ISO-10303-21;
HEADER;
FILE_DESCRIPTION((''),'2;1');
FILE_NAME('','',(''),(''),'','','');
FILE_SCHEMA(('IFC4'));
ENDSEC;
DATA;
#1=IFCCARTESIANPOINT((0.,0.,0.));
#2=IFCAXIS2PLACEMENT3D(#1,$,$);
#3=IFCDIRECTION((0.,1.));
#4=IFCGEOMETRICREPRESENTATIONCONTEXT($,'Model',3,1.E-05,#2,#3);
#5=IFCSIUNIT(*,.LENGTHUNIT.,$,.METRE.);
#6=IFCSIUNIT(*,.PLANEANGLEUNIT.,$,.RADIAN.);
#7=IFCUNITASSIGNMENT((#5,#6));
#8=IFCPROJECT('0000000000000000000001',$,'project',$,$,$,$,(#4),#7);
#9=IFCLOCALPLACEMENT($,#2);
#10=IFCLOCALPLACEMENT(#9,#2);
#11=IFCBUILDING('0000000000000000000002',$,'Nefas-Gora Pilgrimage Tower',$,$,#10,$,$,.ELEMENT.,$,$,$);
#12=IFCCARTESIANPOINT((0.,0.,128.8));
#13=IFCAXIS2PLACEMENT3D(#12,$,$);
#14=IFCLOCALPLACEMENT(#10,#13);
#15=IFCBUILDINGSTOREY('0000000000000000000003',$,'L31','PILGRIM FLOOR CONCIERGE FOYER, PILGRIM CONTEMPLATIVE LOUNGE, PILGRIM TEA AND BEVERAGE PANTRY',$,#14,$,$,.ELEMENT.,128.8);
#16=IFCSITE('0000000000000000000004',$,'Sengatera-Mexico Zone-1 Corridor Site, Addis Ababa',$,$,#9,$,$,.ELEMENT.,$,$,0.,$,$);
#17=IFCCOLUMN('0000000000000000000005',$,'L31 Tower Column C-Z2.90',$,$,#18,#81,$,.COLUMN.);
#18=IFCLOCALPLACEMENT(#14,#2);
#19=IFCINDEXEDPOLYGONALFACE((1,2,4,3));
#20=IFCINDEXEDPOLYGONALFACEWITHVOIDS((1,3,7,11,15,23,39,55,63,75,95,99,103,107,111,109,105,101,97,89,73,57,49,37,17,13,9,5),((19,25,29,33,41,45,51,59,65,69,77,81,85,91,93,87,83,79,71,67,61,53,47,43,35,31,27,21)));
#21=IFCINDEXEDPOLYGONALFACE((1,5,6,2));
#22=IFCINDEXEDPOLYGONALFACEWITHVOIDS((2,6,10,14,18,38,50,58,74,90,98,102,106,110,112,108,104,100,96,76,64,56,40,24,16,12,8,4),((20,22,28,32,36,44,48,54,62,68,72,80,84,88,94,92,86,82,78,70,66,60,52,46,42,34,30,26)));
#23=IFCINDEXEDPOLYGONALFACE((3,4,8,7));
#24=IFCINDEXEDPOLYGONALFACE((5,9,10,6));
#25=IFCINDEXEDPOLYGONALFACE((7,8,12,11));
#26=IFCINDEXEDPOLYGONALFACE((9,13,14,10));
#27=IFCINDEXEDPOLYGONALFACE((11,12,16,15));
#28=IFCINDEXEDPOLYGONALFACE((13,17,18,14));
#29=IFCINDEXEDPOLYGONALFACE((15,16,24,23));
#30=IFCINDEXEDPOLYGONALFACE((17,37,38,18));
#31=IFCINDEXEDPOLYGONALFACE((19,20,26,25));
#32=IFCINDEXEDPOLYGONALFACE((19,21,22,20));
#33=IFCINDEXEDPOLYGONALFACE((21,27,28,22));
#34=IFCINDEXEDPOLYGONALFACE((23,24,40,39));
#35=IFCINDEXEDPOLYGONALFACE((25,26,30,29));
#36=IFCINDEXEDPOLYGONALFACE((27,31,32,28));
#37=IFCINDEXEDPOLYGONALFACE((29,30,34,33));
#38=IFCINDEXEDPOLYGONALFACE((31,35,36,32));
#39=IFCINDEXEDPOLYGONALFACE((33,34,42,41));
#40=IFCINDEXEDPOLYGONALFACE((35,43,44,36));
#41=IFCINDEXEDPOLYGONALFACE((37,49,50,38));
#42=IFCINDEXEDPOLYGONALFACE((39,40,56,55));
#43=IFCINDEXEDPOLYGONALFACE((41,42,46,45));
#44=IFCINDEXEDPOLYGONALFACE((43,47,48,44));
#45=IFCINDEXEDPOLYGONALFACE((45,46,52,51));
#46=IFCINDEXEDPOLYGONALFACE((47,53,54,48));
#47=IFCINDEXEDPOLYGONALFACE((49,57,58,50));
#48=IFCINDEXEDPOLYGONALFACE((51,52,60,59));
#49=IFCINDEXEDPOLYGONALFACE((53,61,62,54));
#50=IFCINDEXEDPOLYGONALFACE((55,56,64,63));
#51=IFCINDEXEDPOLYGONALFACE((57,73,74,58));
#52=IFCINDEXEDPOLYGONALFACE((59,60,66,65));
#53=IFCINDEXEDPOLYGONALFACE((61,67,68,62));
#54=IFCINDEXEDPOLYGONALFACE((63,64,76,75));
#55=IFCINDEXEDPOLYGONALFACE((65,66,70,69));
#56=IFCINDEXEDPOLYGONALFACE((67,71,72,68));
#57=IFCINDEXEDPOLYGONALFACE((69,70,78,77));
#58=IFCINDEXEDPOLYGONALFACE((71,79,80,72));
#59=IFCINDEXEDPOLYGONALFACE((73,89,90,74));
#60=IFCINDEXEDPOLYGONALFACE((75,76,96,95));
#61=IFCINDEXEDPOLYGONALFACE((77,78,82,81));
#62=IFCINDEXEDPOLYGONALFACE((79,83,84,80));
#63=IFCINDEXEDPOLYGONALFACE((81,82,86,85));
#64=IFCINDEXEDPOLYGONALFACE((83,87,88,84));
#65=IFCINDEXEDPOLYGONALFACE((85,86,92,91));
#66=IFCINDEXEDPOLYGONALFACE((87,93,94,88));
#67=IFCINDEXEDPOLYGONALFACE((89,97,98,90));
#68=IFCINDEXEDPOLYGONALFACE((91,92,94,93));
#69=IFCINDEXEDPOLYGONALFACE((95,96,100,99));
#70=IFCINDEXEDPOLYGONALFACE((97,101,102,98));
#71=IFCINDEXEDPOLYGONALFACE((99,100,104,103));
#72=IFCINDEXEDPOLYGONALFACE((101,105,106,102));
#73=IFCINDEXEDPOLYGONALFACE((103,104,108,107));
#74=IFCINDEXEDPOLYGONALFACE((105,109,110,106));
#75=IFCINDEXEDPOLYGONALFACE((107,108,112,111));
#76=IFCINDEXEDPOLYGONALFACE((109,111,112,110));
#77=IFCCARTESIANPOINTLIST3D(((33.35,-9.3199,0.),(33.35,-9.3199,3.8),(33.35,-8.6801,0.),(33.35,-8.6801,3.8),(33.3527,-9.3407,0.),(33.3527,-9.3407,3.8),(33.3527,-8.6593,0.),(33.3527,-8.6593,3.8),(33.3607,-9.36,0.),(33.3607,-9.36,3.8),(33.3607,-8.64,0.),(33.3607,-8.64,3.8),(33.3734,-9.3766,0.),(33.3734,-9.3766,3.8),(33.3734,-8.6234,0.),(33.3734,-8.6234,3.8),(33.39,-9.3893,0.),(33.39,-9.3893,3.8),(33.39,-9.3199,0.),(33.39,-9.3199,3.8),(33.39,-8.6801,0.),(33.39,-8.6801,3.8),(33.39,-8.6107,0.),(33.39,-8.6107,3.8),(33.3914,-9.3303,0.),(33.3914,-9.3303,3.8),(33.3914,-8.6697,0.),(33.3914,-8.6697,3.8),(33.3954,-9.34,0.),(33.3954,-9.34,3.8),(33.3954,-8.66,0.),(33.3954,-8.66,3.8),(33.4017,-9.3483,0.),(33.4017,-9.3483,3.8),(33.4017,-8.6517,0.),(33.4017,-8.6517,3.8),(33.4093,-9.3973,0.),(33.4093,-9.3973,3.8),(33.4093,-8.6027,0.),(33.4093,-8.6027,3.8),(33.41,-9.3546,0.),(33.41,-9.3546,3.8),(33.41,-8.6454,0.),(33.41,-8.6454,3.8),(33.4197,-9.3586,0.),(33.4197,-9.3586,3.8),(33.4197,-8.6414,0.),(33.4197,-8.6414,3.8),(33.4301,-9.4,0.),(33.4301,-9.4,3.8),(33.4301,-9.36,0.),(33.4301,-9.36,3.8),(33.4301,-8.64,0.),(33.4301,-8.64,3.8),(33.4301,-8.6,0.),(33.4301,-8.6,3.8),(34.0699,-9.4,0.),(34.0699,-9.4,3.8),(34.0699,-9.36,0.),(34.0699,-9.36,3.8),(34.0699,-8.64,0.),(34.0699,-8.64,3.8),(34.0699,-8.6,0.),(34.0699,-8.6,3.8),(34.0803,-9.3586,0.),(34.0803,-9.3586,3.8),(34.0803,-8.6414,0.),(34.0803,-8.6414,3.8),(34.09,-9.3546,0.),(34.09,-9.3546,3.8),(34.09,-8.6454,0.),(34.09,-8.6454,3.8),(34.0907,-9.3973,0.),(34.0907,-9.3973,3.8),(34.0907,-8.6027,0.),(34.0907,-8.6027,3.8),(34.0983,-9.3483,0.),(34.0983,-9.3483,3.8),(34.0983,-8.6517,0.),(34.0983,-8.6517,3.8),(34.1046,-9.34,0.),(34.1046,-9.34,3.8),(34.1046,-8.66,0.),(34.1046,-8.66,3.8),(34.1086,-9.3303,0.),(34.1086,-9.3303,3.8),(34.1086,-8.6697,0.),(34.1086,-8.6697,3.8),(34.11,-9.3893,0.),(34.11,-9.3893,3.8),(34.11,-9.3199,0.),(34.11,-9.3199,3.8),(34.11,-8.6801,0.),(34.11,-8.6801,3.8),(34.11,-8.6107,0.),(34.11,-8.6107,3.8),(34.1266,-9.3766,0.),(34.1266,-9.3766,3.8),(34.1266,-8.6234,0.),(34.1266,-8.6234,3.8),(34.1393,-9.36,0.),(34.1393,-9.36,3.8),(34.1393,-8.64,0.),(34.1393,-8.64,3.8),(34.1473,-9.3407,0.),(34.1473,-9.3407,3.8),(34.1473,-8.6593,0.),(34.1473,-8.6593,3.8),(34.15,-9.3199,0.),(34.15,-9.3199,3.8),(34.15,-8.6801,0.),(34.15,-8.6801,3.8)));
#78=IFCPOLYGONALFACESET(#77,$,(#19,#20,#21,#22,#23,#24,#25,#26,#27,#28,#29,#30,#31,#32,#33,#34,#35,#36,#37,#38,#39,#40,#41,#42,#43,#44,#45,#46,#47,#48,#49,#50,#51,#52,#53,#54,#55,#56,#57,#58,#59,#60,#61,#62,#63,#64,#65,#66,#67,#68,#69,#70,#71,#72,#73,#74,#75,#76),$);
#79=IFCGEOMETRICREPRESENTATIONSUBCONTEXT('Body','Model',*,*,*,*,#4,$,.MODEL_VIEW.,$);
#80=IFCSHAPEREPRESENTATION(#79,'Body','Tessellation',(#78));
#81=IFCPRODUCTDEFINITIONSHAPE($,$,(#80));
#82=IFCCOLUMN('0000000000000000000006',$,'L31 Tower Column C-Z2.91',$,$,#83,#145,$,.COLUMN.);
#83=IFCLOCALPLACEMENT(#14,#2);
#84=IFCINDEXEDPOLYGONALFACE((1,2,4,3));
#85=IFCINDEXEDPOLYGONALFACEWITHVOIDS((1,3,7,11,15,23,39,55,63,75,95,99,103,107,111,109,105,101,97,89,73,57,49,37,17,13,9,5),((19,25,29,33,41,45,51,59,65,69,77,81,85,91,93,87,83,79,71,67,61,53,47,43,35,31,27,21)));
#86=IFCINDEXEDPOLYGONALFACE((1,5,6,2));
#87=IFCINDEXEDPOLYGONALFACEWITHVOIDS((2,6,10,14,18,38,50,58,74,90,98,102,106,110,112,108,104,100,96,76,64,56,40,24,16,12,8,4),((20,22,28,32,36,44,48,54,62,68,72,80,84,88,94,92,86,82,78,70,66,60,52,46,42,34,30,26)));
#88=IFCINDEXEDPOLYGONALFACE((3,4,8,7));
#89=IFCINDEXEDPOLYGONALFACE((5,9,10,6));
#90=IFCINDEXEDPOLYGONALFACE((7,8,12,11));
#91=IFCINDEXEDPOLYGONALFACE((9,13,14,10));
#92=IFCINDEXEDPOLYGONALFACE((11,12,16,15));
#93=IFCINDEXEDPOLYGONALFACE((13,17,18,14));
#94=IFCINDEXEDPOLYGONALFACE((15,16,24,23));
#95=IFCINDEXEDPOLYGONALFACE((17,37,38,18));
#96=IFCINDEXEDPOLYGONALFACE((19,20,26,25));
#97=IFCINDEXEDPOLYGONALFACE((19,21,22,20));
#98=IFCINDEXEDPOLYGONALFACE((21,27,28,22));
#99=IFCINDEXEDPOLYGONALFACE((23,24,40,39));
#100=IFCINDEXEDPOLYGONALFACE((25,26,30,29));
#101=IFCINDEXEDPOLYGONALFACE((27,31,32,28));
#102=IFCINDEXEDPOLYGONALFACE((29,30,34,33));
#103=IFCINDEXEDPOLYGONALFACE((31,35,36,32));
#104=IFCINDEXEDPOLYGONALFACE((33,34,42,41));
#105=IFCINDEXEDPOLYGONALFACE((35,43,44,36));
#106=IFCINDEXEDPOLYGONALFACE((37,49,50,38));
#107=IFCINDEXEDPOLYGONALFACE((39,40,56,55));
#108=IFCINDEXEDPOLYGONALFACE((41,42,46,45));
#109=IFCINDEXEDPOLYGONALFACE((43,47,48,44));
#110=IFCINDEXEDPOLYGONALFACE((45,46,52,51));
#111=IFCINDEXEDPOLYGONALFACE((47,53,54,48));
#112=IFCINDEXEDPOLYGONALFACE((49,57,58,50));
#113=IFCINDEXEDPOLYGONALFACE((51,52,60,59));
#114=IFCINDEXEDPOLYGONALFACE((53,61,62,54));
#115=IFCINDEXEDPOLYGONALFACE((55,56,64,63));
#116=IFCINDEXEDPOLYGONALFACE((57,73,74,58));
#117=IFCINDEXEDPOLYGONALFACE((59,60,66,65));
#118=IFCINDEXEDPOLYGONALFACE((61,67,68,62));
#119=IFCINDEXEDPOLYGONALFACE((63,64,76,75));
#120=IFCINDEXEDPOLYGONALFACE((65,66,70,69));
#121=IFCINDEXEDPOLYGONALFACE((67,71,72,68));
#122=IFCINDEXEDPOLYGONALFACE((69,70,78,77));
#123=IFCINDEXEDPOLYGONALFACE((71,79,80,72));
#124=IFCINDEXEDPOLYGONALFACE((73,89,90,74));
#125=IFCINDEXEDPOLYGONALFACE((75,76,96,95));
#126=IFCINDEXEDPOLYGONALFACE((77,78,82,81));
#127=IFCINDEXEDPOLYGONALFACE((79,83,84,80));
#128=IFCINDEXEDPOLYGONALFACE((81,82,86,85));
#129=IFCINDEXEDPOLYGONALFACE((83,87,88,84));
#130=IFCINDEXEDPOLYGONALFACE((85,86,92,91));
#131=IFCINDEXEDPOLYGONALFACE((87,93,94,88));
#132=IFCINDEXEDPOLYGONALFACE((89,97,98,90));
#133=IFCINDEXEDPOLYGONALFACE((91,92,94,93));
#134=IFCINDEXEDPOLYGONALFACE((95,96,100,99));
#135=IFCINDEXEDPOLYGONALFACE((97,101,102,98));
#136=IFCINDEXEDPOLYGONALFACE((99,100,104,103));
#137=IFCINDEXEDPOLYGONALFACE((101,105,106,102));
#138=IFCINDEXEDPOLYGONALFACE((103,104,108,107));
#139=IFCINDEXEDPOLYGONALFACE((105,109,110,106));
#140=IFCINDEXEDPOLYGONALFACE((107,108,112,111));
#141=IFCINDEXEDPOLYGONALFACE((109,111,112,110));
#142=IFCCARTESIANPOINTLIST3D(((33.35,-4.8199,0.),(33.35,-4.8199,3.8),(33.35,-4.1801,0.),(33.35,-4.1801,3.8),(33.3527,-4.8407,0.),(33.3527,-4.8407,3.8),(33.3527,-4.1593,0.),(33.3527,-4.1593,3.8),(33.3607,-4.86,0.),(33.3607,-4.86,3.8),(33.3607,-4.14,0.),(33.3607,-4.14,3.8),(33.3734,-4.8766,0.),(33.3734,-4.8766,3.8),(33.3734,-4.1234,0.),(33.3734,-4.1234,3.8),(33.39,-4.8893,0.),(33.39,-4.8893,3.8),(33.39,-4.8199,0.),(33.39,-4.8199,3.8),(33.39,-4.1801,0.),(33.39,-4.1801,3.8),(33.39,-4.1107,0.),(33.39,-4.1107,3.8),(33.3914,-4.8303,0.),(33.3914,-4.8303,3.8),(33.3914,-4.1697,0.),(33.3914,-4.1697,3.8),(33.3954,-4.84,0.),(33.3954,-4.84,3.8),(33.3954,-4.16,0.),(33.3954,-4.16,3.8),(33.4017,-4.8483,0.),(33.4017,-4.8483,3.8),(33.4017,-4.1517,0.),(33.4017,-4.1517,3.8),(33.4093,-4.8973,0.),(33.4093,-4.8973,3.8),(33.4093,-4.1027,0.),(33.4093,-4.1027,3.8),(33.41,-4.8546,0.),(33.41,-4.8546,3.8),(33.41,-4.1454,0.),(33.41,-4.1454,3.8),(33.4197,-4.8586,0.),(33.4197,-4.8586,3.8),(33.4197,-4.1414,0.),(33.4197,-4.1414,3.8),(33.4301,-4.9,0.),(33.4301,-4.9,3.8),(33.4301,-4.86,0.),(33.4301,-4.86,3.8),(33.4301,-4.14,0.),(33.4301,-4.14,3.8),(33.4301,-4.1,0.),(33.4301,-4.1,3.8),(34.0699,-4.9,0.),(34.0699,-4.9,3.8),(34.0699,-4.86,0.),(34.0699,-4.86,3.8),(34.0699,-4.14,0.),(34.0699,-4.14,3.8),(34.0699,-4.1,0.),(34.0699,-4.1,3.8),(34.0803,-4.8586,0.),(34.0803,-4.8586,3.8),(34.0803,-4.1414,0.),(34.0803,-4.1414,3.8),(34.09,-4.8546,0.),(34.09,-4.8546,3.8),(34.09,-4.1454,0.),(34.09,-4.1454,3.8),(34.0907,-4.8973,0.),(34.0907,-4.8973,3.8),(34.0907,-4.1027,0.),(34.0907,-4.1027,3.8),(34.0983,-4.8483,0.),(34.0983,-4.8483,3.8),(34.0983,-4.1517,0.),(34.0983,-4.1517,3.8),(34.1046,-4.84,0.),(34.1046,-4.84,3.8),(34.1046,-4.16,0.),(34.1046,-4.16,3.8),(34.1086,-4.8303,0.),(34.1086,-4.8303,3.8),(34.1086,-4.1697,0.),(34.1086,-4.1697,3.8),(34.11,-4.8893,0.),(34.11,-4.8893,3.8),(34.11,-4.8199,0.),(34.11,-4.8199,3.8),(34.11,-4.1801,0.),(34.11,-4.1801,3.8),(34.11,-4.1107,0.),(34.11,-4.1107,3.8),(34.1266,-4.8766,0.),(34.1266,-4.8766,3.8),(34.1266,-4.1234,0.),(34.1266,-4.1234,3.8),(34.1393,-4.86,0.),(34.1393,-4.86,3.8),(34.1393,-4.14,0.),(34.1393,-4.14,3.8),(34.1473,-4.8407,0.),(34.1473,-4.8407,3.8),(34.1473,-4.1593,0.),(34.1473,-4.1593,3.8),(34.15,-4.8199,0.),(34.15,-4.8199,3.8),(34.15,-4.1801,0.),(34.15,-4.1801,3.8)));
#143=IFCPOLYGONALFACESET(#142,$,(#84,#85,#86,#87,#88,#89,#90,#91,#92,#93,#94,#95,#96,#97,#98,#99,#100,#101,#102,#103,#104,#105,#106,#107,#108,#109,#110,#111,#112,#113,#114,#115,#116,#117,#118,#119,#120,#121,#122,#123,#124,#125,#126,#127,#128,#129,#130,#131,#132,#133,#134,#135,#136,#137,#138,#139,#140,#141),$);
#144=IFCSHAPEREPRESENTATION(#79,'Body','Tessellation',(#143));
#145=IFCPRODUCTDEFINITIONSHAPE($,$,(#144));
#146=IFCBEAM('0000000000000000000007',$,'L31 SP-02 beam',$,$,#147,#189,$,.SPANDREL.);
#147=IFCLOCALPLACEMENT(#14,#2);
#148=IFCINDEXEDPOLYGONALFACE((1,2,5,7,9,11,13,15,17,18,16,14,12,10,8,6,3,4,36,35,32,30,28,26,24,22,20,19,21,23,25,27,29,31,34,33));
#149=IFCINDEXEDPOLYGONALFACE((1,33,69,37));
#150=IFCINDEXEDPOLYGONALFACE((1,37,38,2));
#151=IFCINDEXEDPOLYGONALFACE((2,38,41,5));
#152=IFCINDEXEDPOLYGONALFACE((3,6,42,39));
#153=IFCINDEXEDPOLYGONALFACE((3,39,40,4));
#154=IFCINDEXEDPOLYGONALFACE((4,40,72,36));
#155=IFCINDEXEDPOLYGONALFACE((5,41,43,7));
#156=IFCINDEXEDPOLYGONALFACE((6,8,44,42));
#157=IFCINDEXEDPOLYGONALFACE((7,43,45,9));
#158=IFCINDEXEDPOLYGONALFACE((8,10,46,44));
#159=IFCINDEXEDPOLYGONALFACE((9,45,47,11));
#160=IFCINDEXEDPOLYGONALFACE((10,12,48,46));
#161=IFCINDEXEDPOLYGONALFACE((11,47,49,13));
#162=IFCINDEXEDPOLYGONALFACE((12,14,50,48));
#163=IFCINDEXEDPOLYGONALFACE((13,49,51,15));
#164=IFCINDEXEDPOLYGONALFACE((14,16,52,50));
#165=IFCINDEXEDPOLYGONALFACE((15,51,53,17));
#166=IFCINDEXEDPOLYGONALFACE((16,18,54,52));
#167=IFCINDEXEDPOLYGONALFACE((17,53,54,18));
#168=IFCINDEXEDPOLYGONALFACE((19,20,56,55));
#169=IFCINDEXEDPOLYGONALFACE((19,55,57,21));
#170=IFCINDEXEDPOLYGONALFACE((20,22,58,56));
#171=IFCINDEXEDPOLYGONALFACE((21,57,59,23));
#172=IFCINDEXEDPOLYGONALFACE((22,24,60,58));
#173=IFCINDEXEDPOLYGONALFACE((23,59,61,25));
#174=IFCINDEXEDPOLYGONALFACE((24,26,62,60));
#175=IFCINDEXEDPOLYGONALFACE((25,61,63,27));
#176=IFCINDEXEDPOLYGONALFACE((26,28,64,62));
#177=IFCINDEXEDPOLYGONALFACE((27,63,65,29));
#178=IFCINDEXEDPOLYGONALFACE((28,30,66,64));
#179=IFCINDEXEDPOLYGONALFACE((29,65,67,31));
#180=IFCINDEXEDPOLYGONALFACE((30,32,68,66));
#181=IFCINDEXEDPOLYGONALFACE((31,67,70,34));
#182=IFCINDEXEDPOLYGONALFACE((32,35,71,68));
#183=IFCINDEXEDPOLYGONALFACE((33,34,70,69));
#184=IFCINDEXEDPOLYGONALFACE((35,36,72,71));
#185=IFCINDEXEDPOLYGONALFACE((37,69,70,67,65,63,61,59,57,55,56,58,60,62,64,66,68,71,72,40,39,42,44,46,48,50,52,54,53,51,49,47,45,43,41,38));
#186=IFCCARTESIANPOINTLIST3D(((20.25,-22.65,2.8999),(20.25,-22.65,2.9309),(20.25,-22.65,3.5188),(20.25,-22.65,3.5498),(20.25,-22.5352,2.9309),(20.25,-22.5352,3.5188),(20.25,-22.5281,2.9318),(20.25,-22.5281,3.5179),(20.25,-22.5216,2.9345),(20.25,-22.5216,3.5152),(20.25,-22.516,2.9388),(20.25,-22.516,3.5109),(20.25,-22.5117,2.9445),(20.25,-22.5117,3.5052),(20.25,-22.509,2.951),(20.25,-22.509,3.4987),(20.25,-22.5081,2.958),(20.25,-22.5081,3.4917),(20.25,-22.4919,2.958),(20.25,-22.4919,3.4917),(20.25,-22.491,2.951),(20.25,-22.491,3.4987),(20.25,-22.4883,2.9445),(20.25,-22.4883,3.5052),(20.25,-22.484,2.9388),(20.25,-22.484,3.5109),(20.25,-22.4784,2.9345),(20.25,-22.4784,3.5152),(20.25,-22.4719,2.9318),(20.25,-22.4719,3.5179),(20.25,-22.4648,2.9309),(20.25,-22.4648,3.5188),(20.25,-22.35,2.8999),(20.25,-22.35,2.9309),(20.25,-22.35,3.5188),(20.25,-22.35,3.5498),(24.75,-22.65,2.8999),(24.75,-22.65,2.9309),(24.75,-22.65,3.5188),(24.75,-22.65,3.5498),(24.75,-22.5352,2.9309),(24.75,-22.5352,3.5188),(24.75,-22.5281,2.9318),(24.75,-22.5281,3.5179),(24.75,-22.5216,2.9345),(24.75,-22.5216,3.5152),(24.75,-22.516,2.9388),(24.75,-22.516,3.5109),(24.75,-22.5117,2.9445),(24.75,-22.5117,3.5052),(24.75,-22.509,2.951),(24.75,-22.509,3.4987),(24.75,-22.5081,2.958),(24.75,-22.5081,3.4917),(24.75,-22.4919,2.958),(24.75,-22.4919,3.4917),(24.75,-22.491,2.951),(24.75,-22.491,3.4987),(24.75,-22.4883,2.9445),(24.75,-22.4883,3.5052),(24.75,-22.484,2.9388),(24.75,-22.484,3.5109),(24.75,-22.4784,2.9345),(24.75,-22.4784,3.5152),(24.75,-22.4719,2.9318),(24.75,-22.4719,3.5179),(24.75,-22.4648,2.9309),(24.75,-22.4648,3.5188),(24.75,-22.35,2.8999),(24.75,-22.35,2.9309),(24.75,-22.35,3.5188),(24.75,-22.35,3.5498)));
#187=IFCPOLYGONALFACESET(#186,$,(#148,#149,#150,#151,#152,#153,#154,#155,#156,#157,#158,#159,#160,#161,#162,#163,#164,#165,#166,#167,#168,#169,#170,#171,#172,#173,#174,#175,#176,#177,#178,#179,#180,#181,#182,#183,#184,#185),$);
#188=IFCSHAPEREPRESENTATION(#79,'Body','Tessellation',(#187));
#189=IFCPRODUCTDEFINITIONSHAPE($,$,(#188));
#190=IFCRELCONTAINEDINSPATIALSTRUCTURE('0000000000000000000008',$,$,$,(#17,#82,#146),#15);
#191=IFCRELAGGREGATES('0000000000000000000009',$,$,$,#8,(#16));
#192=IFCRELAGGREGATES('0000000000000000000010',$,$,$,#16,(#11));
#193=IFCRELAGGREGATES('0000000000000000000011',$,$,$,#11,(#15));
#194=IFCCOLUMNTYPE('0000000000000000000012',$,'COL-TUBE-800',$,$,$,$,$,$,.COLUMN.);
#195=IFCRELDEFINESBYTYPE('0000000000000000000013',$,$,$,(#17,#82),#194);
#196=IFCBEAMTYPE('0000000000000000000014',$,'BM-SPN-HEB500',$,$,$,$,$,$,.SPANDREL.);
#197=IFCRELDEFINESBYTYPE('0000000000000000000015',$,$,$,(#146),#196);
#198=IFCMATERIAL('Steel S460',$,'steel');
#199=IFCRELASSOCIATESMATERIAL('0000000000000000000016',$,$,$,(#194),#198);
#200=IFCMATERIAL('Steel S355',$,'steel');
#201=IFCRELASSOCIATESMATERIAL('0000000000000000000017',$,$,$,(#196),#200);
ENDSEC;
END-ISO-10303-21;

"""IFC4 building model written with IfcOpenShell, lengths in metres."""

from ifc_helpers import new_model, si_unit, direction, frame, origin, origin_2d, place, context, subcontext, project, spatial, hollow_rectangle, i_section, extrude, source, transform, mapped, material, material_profile, profile_set, type_object, element, save


model = new_model("IFC4")

# Units and contexts
model_context = context("Model", 3, precision=1e-05, world=origin(), true_north=direction((0.0, 1.0)))
body_context = subcontext(model_context, "Body", "Model", "MODEL_VIEW")
ifc_project = project(units=[si_unit("LENGTHUNIT", "METRE"), si_unit("PLANEANGLEUNIT", "RADIAN")], contexts=[model_context])

# Site, building, storey
site_placement = place(None, origin())
site = spatial("IfcSite", under=ifc_project, at=site_placement, Name="Sengatera-Mexico Zone-1 Corridor Site, Addis Ababa", CompositionType="ELEMENT", RefElevation=0.0)
building_placement = place(site_placement, origin())
building = spatial("IfcBuilding", under=site, at=building_placement, Name="Nefas-Gora Pilgrimage Tower", CompositionType="ELEMENT")
storey_placement = place(building_placement, frame((0.0, 0.0, 128.8)))
storey = spatial("IfcBuildingStorey", under=building, at=storey_placement, Name="L31", Description="PILGRIM FLOOR CONCIERGE FOYER, PILGRIM CONTEMPLATIVE LOUNGE, PILGRIM TEA AND BEVERAGE PANTRY", CompositionType="ELEMENT", Elevation=128.8)

# Columns
ifc_material_1 = material(Name="Steel S460", Category="steel")
ifc_material_profile_1 = material_profile(ifc_material_1, hollow_rectangle(XDim=0.8, YDim=0.8, WallThickness=0.04, InnerFilletRadius=0.04, OuterFilletRadius=0.0801, at=origin_2d()), Name="BOX 800x800x40")
ifc_profile_set_1 = profile_set([ifc_material_profile_1], Name="Steel S460")
column_type_1 = type_object("IfcColumnType", Name="COL-TUBE-800", PredefinedType="COLUMN", material=ifc_profile_set_1)
shared_shape_1 = source(origin(), body_context, "Body", "SweptSolid", [
    extrude(hollow_rectangle(XDim=0.8, YDim=0.8, WallThickness=0.04, InnerFilletRadius=0.04, OuterFilletRadius=0.0801, at=origin_2d()), origin(), (0.0, 0.0, 1.0), 3.8),
])
for number, where, z_axis, x_axis, name in (
    (1, (33.75, -9.0, 0.0), (0.0, 0.0, 1.0), (1.0, 0.0, 0.0), "L31 Tower Column C-Z2.90"),
    (2, (33.75, -4.5, 0.0), (0.0, 0.0, 1.0), (1.0, 0.0, 0.0), "L31 Tower Column C-Z2.91"),
):
    element("IfcColumn", number, at=place(storey_placement, frame(where, z_axis=z_axis, x_axis=x_axis)), inside=storey, type_object=column_type_1, Name=name, PredefinedType="COLUMN", context=body_context, shape_type="MappedRepresentation", body=[
        mapped(shared_shape_1, transform((0.0, 0.0, 0.0), x_axis=(1.0, 0.0, 0.0), y_axis=(0.0, 1.0, 0.0), z_axis=(0.0, 0.0, 1.0), scale=1.0)),
    ])

# Beam
ifc_material_2 = material(Name="Steel S355", Category="steel")
ifc_material_profile_2 = material_profile(ifc_material_2, i_section(OverallWidth=0.3, OverallDepth=0.6499, WebThickness=0.0161, FlangeThickness=0.031, FilletRadius=0.0271, at=origin_2d()), Name="HEB 650")
ifc_profile_set_2 = profile_set([ifc_material_profile_2], Name="Steel S355")
beam_type_1 = type_object("IfcBeamType", Name="BM-SPN-HEB500", PredefinedType="SPANDREL", material=ifc_profile_set_2)
shared_shape_2 = source(origin(), body_context, "Body", "SweptSolid", [
    extrude(i_section(OverallWidth=0.3, OverallDepth=0.6499, WebThickness=0.0161, FlangeThickness=0.031, FilletRadius=0.0271, at=origin_2d()), origin(), (0.0, 0.0, 1.0), 4.5),
])
for number, where, z_axis, x_axis, name in (
    (3, (20.25, -22.5, 3.2249), (1.0, 0.0, 0.0), (0.0, 1.0, 0.0), "L31 SP-02 beam"),
):
    element("IfcBeam", number, at=place(storey_placement, frame(where, z_axis=z_axis, x_axis=x_axis)), inside=storey, type_object=beam_type_1, Name=name, PredefinedType="SPANDREL", context=body_context, shape_type="MappedRepresentation", body=[
        mapped(shared_shape_2, transform((0.0, 0.0, 0.0), x_axis=(1.0, 0.0, 0.0), y_axis=(0.0, 1.0, 0.0), z_axis=(0.0, 0.0, 1.0), scale=1.0)),
    ])

save(model, "model.ifc")
